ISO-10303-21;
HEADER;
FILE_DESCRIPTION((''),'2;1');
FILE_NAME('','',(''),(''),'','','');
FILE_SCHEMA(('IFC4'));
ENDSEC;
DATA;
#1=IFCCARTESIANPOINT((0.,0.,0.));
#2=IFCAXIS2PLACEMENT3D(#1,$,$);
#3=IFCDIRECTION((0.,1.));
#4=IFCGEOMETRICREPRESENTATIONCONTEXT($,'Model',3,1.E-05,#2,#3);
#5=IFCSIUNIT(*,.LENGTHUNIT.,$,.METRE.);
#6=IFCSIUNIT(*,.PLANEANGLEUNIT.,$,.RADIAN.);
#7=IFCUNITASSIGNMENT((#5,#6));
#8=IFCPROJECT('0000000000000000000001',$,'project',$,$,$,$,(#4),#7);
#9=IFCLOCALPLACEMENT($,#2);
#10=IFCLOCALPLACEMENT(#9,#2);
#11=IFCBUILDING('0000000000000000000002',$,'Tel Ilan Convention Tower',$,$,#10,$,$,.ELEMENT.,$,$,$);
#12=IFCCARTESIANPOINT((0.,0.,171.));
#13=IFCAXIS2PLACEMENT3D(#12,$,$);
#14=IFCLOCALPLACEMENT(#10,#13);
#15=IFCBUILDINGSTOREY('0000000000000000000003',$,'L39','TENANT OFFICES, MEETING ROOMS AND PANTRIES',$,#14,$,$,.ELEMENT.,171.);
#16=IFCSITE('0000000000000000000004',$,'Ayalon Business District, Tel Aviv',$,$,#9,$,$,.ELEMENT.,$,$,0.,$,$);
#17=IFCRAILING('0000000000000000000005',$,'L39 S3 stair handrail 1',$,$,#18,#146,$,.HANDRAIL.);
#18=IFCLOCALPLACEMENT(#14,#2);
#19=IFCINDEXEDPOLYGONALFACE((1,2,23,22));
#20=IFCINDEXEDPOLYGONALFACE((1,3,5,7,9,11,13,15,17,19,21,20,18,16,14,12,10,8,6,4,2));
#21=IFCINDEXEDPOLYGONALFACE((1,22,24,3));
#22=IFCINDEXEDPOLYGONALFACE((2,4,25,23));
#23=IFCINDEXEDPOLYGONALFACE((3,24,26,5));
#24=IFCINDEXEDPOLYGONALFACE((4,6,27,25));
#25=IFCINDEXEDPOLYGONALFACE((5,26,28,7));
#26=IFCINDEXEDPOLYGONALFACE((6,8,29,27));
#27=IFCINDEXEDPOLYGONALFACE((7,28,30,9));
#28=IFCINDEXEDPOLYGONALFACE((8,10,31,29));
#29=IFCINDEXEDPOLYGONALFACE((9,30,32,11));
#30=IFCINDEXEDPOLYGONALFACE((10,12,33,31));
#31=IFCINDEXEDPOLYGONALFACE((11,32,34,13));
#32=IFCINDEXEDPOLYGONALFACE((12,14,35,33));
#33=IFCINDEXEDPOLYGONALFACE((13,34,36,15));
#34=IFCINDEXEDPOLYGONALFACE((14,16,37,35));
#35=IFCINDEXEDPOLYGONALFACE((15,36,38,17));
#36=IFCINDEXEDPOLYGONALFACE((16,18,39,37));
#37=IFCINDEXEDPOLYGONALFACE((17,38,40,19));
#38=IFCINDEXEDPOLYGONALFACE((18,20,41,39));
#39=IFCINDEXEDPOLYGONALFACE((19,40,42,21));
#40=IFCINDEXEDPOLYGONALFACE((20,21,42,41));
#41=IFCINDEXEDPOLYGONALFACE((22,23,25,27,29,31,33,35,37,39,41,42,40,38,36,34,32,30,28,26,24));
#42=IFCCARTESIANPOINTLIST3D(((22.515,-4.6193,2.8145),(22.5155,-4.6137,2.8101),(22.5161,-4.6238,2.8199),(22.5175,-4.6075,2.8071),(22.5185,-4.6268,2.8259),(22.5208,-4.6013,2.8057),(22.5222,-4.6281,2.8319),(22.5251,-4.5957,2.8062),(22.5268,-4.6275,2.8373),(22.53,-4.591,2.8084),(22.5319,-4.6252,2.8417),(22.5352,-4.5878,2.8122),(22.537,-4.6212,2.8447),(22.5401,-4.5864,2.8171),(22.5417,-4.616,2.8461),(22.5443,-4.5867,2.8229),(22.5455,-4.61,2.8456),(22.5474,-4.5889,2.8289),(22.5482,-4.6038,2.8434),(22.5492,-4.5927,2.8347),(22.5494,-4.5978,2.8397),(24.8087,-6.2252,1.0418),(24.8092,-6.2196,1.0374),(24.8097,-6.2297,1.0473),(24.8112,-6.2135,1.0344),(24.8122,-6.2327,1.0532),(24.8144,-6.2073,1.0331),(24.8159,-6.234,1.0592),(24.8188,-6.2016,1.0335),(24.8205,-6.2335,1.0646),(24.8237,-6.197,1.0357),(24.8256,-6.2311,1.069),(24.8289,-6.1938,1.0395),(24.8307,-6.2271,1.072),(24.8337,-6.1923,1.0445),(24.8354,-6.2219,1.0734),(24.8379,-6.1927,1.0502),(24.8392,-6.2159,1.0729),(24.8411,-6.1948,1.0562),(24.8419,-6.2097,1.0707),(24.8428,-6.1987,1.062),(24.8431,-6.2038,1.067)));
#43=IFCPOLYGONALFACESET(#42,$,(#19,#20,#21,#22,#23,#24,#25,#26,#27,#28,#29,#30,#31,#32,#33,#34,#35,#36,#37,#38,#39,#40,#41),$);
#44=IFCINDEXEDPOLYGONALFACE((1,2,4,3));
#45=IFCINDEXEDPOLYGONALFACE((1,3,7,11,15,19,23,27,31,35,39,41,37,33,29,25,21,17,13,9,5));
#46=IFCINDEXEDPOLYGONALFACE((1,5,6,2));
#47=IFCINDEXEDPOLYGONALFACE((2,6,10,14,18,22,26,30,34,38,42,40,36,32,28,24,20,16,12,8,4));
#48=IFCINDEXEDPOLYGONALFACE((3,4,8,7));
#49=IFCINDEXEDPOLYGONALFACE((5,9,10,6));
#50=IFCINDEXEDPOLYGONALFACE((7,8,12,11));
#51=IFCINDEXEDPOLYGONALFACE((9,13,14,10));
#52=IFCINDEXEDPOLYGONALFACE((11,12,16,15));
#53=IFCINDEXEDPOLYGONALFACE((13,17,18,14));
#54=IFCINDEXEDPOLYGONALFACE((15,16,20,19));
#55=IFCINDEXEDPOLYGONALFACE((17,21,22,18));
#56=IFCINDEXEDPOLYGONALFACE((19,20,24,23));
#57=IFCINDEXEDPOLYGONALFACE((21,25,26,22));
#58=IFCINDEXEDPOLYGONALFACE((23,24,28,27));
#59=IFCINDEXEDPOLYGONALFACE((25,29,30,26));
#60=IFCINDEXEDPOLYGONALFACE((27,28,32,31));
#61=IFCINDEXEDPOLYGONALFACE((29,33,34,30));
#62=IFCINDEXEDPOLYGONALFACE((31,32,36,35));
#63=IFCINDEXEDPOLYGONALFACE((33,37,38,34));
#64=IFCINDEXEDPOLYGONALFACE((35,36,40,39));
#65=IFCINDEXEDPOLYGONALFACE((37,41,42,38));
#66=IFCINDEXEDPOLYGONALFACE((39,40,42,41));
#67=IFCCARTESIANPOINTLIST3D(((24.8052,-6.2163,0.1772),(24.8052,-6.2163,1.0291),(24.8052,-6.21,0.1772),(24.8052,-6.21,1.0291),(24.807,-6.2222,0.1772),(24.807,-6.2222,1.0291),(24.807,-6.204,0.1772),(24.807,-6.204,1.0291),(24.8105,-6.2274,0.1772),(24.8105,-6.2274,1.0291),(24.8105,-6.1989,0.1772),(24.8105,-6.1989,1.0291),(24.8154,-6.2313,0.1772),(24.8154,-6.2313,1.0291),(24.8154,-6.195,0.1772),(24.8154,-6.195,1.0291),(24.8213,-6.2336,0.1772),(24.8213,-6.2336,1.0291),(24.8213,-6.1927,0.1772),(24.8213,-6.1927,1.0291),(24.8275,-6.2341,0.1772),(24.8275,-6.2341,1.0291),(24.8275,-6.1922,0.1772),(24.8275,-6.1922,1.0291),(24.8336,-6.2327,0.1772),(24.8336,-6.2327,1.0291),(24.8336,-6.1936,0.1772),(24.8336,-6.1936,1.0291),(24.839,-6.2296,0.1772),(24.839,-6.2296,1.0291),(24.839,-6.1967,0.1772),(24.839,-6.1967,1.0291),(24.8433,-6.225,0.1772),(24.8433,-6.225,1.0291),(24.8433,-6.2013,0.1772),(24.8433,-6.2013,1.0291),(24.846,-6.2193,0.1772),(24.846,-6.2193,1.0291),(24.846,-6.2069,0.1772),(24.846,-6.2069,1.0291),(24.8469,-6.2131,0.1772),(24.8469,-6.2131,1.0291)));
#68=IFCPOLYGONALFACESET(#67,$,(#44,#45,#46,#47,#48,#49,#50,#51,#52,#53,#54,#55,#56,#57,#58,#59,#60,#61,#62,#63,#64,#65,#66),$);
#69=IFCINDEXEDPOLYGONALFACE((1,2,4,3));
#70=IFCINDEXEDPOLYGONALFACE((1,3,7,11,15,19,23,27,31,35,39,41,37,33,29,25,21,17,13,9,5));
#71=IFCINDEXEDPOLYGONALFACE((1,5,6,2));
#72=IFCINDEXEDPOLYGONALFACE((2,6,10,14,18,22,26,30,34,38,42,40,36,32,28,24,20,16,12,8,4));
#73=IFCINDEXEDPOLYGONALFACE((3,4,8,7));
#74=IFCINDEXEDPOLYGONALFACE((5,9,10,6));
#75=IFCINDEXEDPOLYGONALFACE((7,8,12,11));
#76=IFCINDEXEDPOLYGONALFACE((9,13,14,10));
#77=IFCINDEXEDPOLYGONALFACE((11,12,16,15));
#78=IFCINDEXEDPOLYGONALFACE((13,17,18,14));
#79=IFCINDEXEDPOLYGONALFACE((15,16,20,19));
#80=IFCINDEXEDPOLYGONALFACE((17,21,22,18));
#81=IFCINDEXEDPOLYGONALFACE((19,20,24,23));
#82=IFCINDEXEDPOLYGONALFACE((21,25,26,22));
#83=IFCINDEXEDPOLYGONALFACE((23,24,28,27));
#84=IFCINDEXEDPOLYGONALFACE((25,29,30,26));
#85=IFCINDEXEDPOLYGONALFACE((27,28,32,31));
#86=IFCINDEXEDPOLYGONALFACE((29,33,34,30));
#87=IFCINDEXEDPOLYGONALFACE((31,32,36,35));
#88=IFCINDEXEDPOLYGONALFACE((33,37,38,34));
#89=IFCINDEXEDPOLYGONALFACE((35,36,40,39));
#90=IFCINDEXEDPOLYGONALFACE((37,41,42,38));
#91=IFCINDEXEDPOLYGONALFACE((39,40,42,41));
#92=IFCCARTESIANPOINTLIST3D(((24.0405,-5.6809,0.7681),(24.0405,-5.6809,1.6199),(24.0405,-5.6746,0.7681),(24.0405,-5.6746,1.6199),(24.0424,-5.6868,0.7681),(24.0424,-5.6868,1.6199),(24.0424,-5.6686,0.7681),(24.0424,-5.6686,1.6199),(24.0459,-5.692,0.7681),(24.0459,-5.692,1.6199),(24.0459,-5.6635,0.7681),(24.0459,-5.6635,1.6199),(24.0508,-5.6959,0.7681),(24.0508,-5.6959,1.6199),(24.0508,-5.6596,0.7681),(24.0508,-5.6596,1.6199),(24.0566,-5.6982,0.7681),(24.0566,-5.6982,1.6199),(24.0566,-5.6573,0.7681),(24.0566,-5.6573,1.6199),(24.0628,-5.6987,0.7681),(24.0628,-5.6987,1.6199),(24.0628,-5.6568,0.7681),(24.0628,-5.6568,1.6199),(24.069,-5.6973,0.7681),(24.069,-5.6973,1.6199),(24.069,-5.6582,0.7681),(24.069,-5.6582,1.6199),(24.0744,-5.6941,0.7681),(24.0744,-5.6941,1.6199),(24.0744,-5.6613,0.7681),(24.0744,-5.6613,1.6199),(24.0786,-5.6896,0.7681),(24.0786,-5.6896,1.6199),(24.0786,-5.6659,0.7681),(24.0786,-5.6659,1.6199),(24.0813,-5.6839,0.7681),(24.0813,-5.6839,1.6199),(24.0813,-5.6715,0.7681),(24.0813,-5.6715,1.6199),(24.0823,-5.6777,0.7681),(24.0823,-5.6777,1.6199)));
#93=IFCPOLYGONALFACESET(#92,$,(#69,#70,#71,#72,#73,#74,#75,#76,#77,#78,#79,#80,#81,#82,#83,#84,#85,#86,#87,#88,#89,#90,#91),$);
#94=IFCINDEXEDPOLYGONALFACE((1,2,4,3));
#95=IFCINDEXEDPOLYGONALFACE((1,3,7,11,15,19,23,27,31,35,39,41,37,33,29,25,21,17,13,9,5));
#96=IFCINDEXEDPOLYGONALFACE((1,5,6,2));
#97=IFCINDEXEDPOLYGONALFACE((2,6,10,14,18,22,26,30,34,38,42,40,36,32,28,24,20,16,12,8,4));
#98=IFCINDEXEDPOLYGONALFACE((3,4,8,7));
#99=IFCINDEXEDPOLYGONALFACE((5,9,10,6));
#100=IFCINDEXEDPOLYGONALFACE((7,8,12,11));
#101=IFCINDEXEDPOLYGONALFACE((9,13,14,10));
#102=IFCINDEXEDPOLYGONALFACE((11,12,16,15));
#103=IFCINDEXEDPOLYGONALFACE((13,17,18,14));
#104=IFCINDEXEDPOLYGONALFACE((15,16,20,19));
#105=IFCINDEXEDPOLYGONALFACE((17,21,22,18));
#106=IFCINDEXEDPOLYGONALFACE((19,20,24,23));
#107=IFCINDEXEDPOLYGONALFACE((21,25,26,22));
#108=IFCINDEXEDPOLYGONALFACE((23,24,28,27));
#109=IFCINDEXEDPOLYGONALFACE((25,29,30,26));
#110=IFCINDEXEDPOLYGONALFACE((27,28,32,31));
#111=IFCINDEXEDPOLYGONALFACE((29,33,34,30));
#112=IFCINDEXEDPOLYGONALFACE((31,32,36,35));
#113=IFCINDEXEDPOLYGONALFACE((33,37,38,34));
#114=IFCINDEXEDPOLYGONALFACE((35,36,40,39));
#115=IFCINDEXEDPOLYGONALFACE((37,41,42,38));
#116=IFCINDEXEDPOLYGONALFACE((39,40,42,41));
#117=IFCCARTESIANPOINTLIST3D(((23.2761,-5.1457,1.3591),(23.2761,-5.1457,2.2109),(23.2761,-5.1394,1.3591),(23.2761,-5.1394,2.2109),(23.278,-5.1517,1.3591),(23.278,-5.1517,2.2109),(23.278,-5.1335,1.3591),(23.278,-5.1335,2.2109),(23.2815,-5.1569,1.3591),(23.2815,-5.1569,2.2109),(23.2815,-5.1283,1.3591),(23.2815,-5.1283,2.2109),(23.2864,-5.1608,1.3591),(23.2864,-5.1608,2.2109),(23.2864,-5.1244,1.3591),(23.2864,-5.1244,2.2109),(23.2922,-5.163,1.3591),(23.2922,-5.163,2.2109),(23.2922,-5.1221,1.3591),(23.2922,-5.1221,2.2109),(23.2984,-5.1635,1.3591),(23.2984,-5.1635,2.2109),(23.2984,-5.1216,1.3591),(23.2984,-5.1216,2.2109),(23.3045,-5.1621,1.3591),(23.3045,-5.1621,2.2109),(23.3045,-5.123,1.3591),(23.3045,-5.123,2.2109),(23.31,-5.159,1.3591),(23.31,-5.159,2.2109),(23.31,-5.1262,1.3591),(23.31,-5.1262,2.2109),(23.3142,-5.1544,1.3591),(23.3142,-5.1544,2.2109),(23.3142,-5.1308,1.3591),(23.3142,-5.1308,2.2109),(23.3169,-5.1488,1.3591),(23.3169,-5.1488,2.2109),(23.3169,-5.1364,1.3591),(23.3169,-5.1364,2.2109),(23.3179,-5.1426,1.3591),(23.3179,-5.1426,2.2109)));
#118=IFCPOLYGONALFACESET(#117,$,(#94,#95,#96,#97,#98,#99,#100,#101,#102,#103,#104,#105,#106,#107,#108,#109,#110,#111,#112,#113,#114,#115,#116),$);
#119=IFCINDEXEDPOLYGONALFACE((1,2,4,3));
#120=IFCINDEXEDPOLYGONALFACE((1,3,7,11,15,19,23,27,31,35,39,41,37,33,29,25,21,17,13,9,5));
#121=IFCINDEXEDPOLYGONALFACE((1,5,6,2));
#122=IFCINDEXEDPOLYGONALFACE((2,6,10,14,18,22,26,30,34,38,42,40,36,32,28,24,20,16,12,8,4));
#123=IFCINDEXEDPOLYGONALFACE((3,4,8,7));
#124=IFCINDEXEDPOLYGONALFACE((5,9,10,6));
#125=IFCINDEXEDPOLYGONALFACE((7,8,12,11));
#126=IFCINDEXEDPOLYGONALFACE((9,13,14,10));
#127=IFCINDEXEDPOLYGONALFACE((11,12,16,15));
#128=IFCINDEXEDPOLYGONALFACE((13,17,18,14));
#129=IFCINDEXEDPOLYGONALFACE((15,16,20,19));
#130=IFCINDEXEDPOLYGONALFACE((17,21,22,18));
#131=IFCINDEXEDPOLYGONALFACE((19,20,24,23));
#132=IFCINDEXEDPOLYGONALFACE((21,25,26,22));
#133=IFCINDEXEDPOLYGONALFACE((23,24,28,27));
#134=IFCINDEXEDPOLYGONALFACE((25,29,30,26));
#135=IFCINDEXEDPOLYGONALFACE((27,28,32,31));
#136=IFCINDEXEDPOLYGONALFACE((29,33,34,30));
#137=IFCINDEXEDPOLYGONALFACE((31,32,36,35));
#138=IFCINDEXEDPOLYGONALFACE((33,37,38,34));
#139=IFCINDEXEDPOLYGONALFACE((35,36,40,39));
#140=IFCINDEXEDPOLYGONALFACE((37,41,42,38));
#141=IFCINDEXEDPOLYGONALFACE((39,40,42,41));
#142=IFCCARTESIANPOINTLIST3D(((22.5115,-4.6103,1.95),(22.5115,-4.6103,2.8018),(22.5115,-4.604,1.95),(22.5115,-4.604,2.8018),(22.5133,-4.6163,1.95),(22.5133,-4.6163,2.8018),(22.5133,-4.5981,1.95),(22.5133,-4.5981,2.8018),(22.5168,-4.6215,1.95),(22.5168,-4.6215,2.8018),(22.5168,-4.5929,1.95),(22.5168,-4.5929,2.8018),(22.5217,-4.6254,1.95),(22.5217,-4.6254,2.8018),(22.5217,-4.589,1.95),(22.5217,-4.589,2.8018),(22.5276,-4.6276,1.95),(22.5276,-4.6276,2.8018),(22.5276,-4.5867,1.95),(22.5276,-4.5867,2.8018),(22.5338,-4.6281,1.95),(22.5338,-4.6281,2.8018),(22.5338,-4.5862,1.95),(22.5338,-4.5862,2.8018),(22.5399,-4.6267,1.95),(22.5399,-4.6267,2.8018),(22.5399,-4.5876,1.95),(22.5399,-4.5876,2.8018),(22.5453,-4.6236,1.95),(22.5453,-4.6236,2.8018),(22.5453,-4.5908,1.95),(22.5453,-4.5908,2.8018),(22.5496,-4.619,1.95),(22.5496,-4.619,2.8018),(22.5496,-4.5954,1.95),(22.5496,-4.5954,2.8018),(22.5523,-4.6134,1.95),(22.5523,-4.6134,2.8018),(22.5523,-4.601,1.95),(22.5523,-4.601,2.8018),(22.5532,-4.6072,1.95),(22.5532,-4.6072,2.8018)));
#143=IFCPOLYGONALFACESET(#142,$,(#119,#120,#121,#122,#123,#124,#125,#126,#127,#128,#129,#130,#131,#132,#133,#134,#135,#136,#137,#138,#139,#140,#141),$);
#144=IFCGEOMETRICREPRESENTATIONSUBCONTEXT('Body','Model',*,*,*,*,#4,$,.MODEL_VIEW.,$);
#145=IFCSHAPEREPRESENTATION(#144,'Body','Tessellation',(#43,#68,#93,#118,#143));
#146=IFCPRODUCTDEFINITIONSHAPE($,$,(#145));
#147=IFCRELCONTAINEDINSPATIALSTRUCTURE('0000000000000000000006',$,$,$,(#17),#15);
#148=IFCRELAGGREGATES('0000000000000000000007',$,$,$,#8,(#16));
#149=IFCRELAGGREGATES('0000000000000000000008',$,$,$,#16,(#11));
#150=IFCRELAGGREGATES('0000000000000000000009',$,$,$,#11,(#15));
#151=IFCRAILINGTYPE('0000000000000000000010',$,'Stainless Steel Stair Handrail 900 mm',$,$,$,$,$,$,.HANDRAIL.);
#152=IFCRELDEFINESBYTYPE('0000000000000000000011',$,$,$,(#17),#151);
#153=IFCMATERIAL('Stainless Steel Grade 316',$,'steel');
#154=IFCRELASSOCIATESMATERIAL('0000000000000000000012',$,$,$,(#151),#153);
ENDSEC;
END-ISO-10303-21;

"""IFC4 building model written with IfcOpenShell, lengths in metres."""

from ifc_helpers import new_model, si_unit, direction, frame, origin, origin_2d, place, context, subcontext, project, spatial, circle, extrude, material, type_object, element, save


model = new_model("IFC4")

# Units and contexts
model_context = context("Model", 3, precision=1e-05, world=origin(), true_north=direction((0.0, 1.0)))
body_context = subcontext(model_context, "Body", "Model", "MODEL_VIEW")
ifc_project = project(units=[si_unit("LENGTHUNIT", "METRE"), si_unit("PLANEANGLEUNIT", "RADIAN")], contexts=[model_context])

# Site, building, storey
site_placement = place(None, origin())
site = spatial("IfcSite", under=ifc_project, at=site_placement, Name="Ayalon Business District, Tel Aviv", CompositionType="ELEMENT", RefElevation=0.0)
building_placement = place(site_placement, origin())
building = spatial("IfcBuilding", under=site, at=building_placement, Name="Tel Ilan Convention Tower", CompositionType="ELEMENT")
storey_placement = place(building_placement, frame((0.0, 0.0, 171.0)))
storey = spatial("IfcBuildingStorey", under=building, at=storey_placement, Name="L39", Description="TENANT OFFICES, MEETING ROOMS AND PANTRIES", CompositionType="ELEMENT", Elevation=171.0)

# Railing
ifc_material_1 = material(Name="Stainless Steel Grade 316", Category="steel")
railing_type_1 = type_object("IfcRailingType", Name="Stainless Steel Stair Handrail 900 mm", PredefinedType="HANDRAIL", material=ifc_material_1)
railing_1_placement = place(storey_placement, frame((24.8259, -6.2131, 0.1772)))
element("IfcRailing", 1, at=railing_1_placement, inside=storey, type_object=railing_type_1, Name="L39 S3 stair handrail 1", PredefinedType="HANDRAIL", context=body_context, shape_type="SweptSolid", body=[
    extrude(circle(Radius=0.0239, at=origin_2d()), frame((0.0, 0.0, 0.876), z_axis=(-0.692123, 0.484597, 0.534913), x_axis=(-0.57355, -0.81917, 0.0)), (0.0, 0.0, 1.0), 3.314),
    extrude(circle(Radius=0.021, at=origin_2d()), origin(), (0.0, 0.0, 1.0), 0.8518),
    extrude(circle(Radius=0.021, at=origin_2d()), frame((-0.7646, 0.5354, 0.5908)), (0.0, 0.0, 1.0), 0.8518),
    extrude(circle(Radius=0.021, at=origin_2d()), frame((-1.5291, 1.0706, 1.1819)), (0.0, 0.0, 1.0), 0.8518),
    extrude(circle(Radius=0.021, at=origin_2d()), frame((-2.2937, 1.606, 1.7727)), (0.0, 0.0, 1.0), 0.8518),
])

save(model, "model.ifc")
